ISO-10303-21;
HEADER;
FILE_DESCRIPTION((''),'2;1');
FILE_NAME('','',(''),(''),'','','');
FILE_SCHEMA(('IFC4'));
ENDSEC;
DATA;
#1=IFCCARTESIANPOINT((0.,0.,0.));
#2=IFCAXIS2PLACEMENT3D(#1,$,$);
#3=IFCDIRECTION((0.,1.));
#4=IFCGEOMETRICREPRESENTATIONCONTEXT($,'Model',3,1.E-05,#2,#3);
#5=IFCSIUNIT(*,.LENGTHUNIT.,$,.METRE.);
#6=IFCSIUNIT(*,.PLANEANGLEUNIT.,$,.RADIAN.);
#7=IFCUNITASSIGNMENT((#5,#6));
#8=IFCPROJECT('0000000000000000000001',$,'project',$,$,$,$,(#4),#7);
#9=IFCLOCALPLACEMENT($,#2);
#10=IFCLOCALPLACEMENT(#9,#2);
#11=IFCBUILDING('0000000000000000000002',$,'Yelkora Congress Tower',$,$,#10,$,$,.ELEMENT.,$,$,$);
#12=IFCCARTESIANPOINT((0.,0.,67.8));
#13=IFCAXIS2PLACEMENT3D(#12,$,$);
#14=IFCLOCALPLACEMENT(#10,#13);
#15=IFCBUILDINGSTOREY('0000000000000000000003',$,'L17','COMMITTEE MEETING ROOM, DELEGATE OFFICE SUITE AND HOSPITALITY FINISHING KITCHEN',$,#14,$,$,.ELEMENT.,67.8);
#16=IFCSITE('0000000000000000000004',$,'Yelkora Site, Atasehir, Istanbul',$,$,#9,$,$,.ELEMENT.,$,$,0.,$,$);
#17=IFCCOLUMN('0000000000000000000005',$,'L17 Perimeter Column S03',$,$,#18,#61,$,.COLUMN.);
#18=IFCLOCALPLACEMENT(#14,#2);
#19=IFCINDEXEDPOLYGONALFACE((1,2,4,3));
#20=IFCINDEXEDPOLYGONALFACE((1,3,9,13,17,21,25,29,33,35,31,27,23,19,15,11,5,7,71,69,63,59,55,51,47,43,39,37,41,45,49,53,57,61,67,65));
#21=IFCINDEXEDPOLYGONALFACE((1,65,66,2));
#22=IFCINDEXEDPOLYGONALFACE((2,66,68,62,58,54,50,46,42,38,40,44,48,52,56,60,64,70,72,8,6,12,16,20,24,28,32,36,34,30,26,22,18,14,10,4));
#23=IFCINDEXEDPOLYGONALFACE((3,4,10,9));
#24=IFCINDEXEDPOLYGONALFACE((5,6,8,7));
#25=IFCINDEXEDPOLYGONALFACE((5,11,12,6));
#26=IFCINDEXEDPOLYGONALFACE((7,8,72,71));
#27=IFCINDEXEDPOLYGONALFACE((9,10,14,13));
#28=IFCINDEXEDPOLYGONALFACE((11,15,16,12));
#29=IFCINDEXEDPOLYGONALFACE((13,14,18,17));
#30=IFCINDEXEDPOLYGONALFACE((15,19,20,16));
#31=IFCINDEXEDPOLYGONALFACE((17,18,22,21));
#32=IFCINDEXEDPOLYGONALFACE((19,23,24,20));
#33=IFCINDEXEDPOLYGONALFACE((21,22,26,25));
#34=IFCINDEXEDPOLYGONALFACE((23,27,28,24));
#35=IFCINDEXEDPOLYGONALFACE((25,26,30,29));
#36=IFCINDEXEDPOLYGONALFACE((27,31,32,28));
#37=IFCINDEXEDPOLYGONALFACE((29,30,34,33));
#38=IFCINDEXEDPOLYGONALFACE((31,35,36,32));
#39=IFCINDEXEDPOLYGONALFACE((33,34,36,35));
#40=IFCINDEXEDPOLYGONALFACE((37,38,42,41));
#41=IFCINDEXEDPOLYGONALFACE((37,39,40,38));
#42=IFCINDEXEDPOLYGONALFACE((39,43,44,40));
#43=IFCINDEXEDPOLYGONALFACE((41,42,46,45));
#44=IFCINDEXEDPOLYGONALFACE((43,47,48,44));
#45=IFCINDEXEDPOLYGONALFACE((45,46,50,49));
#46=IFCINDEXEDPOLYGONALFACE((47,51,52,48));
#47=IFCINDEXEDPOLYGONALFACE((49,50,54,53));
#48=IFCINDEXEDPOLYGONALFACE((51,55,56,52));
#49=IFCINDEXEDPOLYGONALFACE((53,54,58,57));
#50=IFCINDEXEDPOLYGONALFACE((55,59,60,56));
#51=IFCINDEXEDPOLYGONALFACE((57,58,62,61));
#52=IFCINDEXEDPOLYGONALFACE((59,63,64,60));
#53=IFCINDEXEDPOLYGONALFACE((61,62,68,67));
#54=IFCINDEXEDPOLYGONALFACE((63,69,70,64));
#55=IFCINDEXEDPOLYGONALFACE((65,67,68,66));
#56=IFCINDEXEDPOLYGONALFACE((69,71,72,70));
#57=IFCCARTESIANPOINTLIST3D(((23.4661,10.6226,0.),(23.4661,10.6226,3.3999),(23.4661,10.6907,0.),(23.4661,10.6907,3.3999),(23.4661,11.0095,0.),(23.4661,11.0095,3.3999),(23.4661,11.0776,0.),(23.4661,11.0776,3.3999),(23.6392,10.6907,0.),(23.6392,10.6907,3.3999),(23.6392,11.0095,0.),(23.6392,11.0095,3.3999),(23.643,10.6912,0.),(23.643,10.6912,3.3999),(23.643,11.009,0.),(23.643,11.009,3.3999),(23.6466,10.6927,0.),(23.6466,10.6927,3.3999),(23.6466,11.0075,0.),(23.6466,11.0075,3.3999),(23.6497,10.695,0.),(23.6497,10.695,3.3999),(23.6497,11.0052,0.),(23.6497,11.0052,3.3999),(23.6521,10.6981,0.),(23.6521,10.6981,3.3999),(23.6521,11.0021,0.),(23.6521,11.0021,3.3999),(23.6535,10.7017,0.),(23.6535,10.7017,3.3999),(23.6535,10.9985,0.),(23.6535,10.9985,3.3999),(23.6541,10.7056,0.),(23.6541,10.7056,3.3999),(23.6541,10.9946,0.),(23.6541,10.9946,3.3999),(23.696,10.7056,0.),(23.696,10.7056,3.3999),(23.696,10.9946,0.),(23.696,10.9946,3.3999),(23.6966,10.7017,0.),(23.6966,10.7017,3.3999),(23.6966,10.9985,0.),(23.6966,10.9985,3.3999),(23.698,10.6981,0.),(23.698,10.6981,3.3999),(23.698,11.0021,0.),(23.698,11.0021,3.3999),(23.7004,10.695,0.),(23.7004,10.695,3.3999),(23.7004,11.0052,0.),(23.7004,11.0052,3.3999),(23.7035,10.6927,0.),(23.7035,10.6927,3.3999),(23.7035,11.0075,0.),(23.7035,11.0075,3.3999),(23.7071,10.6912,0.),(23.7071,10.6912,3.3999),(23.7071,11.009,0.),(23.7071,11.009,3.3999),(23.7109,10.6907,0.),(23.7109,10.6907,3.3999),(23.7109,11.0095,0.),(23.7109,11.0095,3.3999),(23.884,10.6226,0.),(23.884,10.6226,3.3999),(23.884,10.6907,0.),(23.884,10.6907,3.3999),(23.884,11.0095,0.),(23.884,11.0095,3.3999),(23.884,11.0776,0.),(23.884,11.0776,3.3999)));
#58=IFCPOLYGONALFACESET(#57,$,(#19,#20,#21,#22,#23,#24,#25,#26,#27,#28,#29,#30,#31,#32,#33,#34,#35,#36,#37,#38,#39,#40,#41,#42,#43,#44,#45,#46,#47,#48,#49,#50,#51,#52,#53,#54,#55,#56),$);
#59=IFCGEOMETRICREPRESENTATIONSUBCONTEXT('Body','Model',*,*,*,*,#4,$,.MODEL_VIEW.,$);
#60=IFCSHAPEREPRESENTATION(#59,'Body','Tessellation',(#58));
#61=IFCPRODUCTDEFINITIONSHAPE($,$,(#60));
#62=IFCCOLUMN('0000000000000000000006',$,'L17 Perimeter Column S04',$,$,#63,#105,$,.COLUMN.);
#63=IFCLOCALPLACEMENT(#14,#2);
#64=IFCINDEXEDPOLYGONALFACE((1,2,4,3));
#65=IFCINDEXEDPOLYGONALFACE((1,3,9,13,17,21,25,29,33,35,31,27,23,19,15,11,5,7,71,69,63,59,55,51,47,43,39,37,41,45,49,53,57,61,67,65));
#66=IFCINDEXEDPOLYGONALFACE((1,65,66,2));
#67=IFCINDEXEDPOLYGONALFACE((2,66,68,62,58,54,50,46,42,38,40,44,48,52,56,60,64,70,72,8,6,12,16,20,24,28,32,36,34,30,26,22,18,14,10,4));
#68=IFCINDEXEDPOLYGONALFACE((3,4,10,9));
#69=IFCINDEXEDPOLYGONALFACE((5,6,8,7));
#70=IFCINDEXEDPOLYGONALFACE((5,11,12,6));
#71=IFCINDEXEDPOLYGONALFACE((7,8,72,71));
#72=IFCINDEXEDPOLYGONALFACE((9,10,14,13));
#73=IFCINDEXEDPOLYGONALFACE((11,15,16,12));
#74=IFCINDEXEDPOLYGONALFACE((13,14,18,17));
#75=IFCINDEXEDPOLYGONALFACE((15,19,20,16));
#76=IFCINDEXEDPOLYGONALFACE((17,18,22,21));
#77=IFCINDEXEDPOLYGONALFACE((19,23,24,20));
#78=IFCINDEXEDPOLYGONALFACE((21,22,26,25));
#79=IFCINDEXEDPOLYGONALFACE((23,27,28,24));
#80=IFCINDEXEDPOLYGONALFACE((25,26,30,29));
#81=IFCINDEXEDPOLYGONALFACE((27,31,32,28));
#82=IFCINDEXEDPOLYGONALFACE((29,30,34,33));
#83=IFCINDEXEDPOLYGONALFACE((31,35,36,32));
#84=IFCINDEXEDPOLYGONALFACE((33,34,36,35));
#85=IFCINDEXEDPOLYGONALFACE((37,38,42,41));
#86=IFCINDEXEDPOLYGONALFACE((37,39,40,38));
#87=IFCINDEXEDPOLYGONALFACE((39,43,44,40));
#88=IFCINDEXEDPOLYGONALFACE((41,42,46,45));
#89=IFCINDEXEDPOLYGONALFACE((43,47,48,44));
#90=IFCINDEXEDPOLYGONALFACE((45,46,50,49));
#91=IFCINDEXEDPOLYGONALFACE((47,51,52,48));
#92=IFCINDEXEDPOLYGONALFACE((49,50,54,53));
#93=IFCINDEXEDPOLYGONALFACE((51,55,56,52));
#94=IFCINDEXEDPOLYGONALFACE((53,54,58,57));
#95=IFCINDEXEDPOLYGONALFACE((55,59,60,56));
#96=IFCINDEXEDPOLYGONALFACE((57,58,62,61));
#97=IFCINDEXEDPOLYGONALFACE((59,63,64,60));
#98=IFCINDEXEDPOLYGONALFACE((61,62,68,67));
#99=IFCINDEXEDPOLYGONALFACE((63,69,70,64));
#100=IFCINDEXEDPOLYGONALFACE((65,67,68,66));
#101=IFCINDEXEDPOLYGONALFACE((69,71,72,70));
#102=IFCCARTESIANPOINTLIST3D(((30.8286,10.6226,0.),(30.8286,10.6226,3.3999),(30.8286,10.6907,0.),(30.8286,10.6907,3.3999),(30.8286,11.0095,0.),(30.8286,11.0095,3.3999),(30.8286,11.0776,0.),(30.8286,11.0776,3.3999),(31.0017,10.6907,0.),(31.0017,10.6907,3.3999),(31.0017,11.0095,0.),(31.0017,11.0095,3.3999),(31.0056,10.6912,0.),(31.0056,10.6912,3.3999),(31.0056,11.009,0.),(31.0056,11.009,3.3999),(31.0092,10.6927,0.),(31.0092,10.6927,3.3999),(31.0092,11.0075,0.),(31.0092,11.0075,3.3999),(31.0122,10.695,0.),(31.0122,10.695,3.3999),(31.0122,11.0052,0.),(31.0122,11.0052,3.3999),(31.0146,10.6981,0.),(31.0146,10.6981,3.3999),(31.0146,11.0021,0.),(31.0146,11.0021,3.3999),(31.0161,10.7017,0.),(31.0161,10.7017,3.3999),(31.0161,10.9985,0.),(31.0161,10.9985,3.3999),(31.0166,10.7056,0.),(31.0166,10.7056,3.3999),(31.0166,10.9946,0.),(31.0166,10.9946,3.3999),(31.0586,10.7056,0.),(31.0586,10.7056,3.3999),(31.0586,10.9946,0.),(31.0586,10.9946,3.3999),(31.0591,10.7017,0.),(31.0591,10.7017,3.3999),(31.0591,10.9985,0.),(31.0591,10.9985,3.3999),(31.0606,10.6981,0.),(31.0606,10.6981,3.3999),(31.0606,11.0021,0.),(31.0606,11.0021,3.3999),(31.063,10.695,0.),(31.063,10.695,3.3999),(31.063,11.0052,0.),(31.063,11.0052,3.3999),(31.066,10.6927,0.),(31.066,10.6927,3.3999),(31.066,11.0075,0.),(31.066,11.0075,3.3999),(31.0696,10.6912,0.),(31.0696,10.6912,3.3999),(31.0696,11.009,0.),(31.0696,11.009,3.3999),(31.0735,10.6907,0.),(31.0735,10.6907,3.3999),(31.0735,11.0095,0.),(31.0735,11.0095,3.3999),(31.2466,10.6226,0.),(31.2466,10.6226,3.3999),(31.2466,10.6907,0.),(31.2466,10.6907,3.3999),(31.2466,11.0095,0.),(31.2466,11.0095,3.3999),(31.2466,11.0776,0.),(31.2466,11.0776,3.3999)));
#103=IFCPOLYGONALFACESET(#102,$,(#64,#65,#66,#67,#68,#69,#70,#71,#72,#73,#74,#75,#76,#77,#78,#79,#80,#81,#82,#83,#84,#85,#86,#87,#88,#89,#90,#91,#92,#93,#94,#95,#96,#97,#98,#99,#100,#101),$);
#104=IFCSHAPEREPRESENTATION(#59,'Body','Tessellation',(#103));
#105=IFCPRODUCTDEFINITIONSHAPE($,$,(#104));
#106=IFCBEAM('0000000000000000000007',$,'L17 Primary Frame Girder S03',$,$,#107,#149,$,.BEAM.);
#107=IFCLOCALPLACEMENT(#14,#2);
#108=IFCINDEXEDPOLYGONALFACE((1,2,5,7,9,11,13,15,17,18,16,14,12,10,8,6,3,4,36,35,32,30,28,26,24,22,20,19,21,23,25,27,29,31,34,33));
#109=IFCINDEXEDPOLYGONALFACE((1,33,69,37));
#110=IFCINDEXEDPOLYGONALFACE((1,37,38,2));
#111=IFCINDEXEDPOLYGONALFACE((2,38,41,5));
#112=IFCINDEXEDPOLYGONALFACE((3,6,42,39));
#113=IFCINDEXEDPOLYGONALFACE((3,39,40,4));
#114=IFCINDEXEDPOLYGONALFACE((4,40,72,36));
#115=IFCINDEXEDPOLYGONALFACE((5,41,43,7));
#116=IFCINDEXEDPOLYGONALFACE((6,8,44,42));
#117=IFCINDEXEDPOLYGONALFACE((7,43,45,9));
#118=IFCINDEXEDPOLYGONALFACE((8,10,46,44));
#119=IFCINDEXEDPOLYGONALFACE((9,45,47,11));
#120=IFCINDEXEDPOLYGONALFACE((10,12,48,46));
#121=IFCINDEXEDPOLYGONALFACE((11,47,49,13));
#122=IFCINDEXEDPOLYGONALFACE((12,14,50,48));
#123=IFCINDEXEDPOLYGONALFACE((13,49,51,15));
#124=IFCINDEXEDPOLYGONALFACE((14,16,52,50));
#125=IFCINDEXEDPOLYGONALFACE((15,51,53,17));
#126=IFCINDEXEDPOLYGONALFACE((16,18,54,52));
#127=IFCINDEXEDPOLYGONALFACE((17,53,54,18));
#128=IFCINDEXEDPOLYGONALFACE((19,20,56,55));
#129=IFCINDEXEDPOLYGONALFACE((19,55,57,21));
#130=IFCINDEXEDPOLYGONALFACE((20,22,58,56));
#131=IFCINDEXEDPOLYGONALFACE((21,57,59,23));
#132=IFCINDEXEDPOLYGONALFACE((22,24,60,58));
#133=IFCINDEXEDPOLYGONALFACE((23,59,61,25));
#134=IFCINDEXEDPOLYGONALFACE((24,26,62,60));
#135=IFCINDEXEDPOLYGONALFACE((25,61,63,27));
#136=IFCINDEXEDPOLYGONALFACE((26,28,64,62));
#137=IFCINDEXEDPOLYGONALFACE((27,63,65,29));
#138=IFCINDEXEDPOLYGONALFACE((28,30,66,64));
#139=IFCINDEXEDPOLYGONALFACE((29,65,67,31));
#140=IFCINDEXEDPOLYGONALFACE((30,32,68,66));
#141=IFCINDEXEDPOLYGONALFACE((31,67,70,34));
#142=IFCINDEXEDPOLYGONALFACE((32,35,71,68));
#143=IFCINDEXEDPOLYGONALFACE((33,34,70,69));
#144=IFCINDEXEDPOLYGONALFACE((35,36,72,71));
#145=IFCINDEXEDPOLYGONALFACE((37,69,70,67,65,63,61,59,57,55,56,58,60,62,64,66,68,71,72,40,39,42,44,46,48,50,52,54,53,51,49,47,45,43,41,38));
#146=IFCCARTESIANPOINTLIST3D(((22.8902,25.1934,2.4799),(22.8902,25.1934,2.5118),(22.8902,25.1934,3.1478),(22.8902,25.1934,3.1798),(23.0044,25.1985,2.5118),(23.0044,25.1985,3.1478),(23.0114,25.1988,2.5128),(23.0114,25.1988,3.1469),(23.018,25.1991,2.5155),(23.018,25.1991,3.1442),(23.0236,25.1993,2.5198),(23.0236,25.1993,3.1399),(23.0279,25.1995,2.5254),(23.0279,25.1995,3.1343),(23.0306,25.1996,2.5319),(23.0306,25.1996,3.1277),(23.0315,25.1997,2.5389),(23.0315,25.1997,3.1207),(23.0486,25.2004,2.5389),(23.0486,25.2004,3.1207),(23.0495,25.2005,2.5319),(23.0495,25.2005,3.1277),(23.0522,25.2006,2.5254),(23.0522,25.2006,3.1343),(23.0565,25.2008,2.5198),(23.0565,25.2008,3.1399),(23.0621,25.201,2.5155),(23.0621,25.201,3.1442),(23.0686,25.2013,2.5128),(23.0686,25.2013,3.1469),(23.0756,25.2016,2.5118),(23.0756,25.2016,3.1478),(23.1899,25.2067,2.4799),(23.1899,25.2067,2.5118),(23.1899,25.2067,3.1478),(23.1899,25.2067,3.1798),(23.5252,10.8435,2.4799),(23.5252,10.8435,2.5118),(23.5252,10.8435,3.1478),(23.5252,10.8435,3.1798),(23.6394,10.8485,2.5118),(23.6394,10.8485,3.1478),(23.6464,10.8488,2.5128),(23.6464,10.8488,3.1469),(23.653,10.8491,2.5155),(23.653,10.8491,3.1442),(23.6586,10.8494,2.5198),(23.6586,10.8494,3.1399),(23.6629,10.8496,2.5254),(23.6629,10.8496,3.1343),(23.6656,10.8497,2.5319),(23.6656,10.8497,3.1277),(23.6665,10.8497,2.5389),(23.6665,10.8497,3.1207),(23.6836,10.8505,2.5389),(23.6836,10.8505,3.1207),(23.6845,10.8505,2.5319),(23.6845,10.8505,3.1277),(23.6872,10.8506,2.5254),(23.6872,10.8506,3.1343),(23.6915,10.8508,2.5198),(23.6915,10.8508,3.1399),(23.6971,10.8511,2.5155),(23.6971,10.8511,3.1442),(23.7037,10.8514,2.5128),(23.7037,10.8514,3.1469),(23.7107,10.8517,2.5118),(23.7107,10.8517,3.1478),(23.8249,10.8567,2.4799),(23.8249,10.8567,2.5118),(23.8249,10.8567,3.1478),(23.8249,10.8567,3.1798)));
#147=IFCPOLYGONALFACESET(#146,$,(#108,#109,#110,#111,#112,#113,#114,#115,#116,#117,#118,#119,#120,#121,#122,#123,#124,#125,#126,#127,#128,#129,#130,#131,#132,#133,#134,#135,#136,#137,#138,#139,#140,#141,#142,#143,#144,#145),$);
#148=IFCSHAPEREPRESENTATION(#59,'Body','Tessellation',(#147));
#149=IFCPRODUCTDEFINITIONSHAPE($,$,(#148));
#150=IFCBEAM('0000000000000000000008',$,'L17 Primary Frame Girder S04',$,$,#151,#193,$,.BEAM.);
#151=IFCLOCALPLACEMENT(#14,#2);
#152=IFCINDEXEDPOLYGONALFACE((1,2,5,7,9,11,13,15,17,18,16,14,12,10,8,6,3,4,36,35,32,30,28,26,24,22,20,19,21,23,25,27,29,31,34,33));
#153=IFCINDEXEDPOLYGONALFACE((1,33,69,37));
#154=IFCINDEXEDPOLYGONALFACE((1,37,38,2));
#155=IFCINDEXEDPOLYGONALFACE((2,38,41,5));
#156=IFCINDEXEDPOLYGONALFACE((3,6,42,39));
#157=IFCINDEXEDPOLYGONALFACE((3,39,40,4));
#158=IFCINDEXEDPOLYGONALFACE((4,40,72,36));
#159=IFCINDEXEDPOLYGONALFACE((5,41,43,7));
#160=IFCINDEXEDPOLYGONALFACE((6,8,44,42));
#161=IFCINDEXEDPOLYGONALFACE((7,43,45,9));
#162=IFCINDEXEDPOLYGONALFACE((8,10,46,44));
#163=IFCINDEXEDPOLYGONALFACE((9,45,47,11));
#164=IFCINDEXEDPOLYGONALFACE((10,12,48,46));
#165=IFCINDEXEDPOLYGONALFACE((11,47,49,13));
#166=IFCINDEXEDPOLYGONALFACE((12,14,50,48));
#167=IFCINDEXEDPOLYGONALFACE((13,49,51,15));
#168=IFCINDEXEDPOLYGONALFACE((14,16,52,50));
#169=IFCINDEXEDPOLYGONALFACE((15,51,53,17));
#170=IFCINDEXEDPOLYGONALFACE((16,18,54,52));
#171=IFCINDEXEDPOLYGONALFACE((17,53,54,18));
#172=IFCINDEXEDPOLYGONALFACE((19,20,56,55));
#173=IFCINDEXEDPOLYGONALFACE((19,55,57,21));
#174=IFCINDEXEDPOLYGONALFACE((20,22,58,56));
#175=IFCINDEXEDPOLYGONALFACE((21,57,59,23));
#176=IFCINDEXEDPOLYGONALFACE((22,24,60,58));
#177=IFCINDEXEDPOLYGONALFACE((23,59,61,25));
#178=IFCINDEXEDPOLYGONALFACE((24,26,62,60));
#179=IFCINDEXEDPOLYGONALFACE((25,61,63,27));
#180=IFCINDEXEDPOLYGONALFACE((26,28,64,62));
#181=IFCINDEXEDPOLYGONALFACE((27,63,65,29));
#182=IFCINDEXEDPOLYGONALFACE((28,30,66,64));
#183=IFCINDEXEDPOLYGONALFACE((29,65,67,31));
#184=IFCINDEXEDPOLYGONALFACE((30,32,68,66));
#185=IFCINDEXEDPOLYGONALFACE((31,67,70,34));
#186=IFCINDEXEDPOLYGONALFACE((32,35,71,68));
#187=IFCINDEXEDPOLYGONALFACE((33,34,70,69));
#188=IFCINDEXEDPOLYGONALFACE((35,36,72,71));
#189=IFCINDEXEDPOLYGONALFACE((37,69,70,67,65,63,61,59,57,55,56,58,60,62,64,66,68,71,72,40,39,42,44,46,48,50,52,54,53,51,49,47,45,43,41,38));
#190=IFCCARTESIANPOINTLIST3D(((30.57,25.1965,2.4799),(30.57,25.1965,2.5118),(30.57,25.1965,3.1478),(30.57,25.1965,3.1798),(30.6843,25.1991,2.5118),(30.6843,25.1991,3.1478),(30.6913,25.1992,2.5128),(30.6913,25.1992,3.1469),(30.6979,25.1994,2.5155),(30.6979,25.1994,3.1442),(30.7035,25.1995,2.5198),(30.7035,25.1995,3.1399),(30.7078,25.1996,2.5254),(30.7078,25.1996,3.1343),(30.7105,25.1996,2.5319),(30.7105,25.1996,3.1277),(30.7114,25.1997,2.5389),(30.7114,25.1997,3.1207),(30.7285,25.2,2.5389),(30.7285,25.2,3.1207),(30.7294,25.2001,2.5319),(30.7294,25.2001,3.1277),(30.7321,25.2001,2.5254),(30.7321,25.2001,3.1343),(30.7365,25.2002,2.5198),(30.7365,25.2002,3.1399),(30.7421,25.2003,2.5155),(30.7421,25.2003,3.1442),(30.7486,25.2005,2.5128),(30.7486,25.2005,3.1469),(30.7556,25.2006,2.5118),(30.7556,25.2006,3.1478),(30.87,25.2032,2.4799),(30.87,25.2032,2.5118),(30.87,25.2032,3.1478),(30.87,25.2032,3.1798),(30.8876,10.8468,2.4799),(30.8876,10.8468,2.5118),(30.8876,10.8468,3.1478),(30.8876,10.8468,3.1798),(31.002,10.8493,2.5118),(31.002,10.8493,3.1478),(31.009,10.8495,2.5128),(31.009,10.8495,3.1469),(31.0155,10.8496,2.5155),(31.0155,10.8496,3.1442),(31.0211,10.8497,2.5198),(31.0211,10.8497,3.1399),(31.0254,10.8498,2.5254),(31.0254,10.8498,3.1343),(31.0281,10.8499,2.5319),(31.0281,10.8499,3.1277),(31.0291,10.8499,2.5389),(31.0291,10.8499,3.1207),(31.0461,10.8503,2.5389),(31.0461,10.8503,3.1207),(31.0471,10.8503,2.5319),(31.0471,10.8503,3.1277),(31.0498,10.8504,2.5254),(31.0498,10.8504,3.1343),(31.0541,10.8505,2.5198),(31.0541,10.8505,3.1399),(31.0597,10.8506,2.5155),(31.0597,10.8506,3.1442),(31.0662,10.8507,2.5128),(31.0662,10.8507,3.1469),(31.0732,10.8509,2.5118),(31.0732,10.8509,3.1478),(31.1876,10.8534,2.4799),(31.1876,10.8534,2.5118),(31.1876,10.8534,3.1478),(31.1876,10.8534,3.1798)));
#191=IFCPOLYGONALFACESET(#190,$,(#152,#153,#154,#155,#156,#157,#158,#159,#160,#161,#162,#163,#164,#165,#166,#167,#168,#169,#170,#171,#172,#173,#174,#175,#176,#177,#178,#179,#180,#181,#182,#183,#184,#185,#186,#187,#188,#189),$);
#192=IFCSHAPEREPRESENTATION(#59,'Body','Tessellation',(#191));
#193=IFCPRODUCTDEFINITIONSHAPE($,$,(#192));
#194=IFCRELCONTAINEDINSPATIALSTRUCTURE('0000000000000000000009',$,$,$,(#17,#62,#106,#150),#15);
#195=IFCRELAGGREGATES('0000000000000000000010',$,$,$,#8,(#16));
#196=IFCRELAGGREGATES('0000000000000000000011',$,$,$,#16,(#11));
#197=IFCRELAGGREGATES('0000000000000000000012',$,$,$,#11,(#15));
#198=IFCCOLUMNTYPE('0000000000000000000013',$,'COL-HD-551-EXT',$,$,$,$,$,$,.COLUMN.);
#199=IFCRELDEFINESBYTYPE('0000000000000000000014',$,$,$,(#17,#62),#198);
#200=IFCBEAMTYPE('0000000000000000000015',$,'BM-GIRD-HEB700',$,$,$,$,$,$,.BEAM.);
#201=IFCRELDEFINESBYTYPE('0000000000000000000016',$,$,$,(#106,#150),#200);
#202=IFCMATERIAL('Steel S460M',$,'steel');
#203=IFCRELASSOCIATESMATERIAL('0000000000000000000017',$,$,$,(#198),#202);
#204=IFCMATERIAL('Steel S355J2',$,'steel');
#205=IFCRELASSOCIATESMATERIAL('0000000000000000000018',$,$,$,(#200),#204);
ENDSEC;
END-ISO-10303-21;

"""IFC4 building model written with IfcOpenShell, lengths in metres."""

from ifc_helpers import new_model, si_unit, direction, frame, origin, origin_2d, place, context, subcontext, project, spatial, i_section, extrude, material, material_profile, profile_set, type_object, element, save


model = new_model("IFC4")

# Units and contexts
model_context = context("Model", 3, precision=1e-05, world=origin(), true_north=direction((0.0, 1.0)))
body_context = subcontext(model_context, "Body", "Model", "MODEL_VIEW")
ifc_project = project(units=[si_unit("LENGTHUNIT", "METRE"), si_unit("PLANEANGLEUNIT", "RADIAN")], contexts=[model_context])

# Site, building, storey
site_placement = place(None, origin())
site = spatial("IfcSite", under=ifc_project, at=site_placement, Name="Yelkora Site, Atasehir, Istanbul", CompositionType="ELEMENT", RefElevation=0.0)
building_placement = place(site_placement, origin())
building = spatial("IfcBuilding", under=site, at=building_placement, Name="Yelkora Congress Tower", CompositionType="ELEMENT")
storey_placement = place(building_placement, frame((0.0, 0.0, 67.8)))
storey = spatial("IfcBuildingStorey", under=building, at=storey_placement, Name="L17", Description="COMMITTEE MEETING ROOM, DELEGATE OFFICE SUITE AND HOSPITALITY FINISHING KITCHEN", CompositionType="ELEMENT", Elevation=67.8)

# Columns
ifc_material_1 = material(Name="Steel S460M", Category="steel")
ifc_material_profile_1 = material_profile(ifc_material_1, i_section(OverallWidth=0.418, OverallDepth=0.4551, WebThickness=0.042, FlangeThickness=0.0681, FilletRadius=0.0149, at=origin_2d()), Name="HD 400x551")
ifc_profile_set_1 = profile_set([ifc_material_profile_1], Name="Steel S460M")
column_type = type_object("IfcColumnType", Name="COL-HD-551-EXT", PredefinedType="COLUMN", material=ifc_profile_set_1)
for number, where, z_axis, x_axis, name in (
    (1, (23.675, 10.8501, 0.0), (0.0, 0.0, 1.0), (1.0, 0.0, 0.0), "L17 Perimeter Column S03"),
    (2, (31.0376, 10.8501, 0.0), (0.0, 0.0, 1.0), (1.0, 0.0, 0.0), "L17 Perimeter Column S04"),
):
    element("IfcColumn", number, at=place(storey_placement, frame(where, z_axis=z_axis, x_axis=x_axis)), inside=storey, type_object=column_type, Name=name, PredefinedType="COLUMN", context=body_context, shape_type="SweptSolid", body=[
        extrude(i_section(OverallWidth=0.418, OverallDepth=0.4551, WebThickness=0.042, FlangeThickness=0.0681, FilletRadius=0.0149, at=origin_2d()), origin(), (0.0, 0.0, 1.0), 3.3999),
    ])

# Beams
ifc_material_2 = material(Name="Steel S355J2", Category="steel")
ifc_material_profile_2 = material_profile(ifc_material_2, i_section(OverallWidth=0.3, OverallDepth=0.7, WebThickness=0.0171, FlangeThickness=0.032, FilletRadius=0.0271, at=origin_2d()), Name="HEB 700")
ifc_profile_set_2 = profile_set([ifc_material_profile_2], Name="Steel S355J2")
beam_type_1 = type_object("IfcBeamType", Name="BM-GIRD-HEB700", PredefinedType="BEAM", material=ifc_profile_set_2)
beam_1_placement = place(storey_placement, frame((23.675, 10.8501, 2.8298), z_axis=(-0.044209, 0.999022, 0.0), x_axis=(-0.999022, -0.044209, 0.0)))
element("IfcBeam", 3, at=beam_1_placement, inside=storey, type_object=beam_type_1, Name="L17 Primary Frame Girder S03", PredefinedType="BEAM", context=body_context, shape_type="SweptSolid", body=[
    extrude(i_section(OverallWidth=0.3, OverallDepth=0.7, WebThickness=0.0171, FlangeThickness=0.032, FilletRadius=0.0271, at=origin_2d()), origin(), (0.0, 0.0, 1.0), 14.364),
])
beam_2_placement = place(storey_placement, frame((31.0376, 10.8501, 2.8298), z_axis=(-0.022129, 0.999755, 0.0), x_axis=(-0.999755, -0.022129, 0.0)))
element("IfcBeam", 4, at=beam_2_placement, inside=storey, type_object=beam_type_1, Name="L17 Primary Frame Girder S04", PredefinedType="BEAM", context=body_context, shape_type="SweptSolid", body=[
    extrude(i_section(OverallWidth=0.3, OverallDepth=0.7, WebThickness=0.0171, FlangeThickness=0.032, FilletRadius=0.0271, at=origin_2d()), origin(), (0.0, 0.0, 1.0), 14.3533),
])

save(model, "model.ifc")
